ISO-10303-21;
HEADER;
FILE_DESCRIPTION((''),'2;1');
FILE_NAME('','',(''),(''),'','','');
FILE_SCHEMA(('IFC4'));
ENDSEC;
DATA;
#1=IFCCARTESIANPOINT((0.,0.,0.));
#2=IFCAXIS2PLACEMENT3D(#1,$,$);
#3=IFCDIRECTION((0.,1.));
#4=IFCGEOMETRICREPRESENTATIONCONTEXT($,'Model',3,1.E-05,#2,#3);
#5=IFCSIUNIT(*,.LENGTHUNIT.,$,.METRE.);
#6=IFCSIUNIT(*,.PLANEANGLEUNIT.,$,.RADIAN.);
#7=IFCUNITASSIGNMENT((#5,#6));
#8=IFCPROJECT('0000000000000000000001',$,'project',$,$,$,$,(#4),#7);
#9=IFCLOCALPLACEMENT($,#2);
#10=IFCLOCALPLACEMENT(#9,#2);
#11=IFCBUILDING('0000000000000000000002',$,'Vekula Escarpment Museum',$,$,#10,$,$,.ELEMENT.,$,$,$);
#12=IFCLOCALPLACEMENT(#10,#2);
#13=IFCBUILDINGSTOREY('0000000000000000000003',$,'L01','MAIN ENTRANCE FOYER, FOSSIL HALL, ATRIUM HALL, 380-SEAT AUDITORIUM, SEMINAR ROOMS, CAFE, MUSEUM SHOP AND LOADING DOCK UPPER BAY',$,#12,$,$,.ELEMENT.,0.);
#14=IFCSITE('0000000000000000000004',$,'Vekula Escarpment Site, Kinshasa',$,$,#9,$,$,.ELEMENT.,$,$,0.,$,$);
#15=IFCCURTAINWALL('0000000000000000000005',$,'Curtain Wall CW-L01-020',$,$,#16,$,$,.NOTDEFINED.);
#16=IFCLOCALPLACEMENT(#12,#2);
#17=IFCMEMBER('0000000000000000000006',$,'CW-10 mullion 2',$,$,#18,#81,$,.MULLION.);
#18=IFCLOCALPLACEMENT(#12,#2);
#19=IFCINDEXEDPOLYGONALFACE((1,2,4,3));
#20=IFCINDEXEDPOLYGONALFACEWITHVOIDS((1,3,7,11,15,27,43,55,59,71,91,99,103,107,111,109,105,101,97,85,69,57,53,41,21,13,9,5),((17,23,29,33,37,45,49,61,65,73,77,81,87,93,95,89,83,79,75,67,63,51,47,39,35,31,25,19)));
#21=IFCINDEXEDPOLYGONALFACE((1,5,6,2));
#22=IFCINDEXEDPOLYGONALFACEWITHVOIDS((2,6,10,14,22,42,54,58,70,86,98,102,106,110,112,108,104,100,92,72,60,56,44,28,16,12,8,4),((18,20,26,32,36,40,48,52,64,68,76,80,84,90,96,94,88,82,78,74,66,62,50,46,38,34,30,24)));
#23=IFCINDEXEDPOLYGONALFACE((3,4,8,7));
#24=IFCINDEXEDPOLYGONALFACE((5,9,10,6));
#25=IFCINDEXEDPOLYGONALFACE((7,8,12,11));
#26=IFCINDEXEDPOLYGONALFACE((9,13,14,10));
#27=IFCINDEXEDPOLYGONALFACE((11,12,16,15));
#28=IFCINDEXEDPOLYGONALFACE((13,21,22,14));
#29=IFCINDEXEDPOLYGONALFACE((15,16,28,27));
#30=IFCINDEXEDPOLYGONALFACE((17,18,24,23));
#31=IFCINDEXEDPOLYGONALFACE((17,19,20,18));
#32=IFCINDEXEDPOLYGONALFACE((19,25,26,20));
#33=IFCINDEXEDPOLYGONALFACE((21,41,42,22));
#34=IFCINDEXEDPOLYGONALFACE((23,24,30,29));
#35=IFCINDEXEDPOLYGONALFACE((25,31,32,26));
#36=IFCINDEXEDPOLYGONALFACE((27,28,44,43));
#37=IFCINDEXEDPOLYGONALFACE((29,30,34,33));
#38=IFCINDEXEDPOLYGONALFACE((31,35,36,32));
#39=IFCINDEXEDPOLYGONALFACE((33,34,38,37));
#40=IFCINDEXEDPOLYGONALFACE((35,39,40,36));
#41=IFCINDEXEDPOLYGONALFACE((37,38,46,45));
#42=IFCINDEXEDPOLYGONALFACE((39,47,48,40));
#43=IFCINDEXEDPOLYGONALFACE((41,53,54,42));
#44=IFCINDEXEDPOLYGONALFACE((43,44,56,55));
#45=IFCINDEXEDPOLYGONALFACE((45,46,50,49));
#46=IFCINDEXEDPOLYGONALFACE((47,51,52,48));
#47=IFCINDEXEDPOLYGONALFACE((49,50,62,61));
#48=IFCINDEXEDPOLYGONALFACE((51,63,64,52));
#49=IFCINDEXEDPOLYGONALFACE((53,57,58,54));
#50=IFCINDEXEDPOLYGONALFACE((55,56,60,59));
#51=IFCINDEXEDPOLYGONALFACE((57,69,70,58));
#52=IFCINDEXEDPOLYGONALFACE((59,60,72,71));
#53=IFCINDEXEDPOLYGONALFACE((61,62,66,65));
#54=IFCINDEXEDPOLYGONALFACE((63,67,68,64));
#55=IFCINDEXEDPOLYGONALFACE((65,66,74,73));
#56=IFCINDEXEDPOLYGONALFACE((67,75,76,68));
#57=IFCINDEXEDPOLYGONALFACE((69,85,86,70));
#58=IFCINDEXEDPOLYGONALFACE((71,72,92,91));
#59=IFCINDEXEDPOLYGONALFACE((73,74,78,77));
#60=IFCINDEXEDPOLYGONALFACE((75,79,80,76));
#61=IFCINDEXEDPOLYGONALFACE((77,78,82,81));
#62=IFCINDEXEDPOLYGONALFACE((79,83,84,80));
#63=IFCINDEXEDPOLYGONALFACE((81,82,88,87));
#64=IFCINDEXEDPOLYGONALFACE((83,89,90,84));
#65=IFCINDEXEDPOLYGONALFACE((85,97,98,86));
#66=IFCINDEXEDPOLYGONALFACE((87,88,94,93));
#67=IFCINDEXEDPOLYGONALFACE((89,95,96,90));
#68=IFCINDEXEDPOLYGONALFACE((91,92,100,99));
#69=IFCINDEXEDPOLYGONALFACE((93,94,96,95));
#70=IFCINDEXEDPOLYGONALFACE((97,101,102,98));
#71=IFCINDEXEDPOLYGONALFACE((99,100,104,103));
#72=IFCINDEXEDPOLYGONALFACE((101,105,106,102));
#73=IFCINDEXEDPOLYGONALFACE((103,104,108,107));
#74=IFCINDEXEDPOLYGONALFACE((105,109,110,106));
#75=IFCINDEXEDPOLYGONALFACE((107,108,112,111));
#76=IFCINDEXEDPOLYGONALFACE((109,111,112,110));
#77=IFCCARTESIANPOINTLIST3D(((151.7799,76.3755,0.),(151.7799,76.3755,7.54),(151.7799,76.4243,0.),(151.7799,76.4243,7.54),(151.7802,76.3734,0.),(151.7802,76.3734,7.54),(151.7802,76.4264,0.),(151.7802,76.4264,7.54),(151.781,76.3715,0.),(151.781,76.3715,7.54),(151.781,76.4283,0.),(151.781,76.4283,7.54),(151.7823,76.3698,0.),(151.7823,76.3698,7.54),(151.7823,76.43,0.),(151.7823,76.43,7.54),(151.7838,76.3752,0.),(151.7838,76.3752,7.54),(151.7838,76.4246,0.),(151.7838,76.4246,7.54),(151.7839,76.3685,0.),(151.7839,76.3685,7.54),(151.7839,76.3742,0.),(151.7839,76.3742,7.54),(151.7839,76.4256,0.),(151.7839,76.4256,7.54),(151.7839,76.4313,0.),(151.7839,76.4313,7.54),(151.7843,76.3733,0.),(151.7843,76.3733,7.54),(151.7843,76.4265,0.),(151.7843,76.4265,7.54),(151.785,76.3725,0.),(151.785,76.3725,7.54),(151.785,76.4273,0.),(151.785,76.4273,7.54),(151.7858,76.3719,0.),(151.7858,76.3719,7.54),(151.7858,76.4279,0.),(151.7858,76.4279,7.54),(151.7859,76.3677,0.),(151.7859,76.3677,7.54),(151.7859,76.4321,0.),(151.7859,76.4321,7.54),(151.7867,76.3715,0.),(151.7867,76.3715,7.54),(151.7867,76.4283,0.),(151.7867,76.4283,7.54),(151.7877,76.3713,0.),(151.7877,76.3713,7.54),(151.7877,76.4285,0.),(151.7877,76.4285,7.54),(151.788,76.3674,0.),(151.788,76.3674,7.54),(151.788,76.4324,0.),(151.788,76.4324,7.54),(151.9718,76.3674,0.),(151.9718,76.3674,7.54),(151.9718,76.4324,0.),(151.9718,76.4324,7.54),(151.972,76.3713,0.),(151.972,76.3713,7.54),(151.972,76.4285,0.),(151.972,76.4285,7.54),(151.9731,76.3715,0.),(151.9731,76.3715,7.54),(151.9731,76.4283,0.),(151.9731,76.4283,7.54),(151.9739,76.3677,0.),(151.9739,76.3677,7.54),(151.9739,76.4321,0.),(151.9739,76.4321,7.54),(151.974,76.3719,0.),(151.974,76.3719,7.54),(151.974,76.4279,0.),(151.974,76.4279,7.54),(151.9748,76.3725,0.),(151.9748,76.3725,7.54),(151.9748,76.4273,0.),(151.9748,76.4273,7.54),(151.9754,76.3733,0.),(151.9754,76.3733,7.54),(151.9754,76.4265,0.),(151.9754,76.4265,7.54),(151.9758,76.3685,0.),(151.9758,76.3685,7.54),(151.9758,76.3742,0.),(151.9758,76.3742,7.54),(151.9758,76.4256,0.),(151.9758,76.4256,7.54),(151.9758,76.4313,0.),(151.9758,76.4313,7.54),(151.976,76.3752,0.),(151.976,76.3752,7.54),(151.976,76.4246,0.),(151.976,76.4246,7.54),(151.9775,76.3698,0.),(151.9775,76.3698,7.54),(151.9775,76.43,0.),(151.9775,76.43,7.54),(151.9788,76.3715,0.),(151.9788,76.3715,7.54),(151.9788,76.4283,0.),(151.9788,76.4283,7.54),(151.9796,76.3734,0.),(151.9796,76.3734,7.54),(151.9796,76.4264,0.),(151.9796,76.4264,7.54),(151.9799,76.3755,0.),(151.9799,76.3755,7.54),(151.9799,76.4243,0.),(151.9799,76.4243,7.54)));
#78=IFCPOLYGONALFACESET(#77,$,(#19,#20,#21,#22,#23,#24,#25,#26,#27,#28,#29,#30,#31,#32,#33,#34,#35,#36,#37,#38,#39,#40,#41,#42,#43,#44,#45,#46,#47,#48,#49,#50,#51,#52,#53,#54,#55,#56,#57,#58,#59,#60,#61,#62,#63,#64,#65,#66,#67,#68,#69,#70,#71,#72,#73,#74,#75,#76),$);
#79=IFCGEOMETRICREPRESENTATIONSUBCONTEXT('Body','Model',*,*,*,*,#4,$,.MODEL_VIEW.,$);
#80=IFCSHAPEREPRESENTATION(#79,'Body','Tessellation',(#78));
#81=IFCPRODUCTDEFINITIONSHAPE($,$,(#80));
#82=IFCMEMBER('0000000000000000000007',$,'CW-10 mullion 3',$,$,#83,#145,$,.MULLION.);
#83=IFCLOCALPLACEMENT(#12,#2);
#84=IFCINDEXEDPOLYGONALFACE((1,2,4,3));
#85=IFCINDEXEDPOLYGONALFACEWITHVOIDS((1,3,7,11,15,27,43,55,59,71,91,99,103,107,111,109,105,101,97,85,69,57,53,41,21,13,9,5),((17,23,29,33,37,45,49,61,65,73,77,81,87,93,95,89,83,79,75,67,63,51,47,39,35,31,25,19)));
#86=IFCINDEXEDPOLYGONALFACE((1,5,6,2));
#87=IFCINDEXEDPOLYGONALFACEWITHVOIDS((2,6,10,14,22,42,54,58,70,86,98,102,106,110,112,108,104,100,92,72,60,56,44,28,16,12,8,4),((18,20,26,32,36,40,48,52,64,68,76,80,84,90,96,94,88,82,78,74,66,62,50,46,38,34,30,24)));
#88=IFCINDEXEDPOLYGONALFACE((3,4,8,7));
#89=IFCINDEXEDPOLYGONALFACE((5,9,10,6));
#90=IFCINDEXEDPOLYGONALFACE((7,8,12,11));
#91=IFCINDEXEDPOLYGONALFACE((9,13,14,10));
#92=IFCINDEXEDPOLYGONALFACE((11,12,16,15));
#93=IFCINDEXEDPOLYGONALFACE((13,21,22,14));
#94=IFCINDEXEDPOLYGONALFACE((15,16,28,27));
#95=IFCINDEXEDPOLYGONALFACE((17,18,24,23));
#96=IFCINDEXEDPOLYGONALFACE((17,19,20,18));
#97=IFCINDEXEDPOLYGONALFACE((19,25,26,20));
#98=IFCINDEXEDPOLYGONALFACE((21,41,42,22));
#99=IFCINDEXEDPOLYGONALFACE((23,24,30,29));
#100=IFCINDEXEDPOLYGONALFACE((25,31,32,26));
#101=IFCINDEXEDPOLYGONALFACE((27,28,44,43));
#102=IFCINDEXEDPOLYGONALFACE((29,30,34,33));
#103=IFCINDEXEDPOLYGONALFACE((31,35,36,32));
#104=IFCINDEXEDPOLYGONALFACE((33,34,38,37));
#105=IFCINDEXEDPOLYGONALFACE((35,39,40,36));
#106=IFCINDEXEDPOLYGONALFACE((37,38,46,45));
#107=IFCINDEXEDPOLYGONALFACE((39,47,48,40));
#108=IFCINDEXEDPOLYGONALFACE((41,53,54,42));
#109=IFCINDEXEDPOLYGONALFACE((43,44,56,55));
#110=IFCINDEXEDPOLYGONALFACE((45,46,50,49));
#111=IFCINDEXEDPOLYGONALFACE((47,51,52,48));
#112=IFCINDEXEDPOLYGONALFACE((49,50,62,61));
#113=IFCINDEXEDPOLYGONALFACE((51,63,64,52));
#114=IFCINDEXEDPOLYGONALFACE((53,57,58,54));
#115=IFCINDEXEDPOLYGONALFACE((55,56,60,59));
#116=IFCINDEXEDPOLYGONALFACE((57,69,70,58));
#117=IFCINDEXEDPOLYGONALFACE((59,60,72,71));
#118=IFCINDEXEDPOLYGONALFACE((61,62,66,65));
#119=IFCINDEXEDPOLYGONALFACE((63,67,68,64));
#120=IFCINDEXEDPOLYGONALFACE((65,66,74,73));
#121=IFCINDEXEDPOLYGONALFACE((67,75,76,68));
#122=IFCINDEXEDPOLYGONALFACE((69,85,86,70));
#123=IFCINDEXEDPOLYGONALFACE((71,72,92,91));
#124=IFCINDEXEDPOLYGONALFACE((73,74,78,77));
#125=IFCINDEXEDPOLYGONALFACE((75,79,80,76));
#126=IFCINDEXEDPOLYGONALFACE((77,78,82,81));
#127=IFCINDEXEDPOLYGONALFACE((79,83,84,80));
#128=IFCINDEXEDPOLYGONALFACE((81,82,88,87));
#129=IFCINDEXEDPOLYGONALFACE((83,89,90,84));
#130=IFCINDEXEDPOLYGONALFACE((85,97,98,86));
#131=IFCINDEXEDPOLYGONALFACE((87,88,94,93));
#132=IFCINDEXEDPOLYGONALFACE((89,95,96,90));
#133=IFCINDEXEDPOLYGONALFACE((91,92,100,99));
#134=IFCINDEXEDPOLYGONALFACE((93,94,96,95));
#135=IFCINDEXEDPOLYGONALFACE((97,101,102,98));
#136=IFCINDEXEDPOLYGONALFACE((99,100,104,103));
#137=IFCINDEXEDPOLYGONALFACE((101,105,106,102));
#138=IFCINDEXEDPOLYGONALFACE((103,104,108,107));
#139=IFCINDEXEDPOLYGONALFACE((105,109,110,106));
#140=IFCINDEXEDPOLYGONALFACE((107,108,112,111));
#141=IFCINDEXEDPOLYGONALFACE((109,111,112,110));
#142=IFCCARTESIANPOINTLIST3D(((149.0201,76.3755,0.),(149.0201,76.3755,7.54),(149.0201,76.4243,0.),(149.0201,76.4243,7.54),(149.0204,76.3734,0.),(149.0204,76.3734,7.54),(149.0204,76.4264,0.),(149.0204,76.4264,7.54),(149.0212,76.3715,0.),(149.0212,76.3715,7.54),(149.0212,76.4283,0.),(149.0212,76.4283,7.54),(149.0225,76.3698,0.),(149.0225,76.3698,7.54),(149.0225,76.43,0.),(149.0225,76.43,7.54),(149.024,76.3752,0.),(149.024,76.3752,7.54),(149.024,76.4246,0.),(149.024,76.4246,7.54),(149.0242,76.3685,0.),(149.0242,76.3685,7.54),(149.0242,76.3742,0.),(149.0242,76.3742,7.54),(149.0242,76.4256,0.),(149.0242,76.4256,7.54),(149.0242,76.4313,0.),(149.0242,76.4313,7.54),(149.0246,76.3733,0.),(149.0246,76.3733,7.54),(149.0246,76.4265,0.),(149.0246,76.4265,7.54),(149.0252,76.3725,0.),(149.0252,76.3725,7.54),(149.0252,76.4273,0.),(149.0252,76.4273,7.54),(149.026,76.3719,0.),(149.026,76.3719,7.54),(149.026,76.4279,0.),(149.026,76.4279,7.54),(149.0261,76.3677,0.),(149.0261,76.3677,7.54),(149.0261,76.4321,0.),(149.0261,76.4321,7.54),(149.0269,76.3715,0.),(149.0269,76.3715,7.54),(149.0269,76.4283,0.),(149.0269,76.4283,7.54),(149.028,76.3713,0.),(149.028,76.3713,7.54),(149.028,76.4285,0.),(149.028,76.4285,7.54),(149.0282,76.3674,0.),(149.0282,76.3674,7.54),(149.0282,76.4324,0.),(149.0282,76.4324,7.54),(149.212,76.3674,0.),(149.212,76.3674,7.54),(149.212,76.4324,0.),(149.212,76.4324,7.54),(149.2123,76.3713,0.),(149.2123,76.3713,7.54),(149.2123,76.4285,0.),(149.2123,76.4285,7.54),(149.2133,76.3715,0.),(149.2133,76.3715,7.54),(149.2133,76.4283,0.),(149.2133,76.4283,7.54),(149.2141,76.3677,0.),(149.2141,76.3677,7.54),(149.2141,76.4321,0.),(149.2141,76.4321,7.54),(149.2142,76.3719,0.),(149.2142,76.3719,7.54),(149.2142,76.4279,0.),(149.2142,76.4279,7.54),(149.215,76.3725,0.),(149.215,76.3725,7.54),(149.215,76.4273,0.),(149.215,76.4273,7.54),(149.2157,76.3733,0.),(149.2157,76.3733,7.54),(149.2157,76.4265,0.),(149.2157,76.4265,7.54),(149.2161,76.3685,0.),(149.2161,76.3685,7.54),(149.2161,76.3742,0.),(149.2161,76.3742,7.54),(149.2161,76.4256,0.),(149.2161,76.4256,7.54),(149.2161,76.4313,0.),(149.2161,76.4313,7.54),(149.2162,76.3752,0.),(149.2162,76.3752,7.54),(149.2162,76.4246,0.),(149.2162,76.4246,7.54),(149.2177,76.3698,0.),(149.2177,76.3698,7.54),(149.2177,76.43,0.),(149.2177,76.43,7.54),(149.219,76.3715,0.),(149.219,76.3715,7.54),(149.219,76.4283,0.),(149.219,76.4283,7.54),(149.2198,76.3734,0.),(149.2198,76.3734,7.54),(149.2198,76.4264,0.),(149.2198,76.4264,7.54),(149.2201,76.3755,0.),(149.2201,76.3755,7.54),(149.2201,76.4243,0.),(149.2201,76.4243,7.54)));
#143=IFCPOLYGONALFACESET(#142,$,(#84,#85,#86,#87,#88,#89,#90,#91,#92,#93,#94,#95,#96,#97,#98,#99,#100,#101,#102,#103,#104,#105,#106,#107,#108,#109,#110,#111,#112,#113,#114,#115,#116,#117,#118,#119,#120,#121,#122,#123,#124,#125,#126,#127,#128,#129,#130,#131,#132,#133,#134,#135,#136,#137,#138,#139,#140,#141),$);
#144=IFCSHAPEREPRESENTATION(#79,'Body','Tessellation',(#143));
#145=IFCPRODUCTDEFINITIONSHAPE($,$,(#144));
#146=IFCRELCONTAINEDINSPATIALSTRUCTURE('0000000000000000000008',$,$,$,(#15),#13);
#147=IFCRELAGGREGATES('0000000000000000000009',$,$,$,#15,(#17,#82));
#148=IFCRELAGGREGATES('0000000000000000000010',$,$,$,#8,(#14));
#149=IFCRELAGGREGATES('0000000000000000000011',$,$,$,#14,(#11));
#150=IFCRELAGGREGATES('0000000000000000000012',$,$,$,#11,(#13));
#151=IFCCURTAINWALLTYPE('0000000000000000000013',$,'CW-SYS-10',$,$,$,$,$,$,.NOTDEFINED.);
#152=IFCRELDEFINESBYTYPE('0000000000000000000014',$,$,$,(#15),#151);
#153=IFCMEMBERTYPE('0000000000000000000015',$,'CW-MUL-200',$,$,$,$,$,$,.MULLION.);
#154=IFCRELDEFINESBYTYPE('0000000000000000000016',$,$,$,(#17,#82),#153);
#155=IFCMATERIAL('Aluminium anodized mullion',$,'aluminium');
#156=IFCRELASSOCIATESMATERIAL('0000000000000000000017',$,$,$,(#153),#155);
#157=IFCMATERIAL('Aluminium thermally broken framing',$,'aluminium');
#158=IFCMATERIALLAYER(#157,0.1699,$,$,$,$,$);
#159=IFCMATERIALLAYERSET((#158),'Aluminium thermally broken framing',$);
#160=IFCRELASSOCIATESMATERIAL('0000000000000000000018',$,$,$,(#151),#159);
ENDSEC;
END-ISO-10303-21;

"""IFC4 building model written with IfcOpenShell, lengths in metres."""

from ifc_helpers import new_model, si_unit, direction, frame, origin, origin_2d, place, context, subcontext, project, spatial, hollow_rectangle, extrude, material, layer, layer_set, material_profile, profile_set, type_object, element, aggregate, save


model = new_model("IFC4")

# Units and contexts
model_context = context("Model", 3, precision=1e-05, world=origin(), true_north=direction((0.0, 1.0)))
body_context = subcontext(model_context, "Body", "Model", "MODEL_VIEW")
ifc_project = project(units=[si_unit("LENGTHUNIT", "METRE"), si_unit("PLANEANGLEUNIT", "RADIAN")], contexts=[model_context])

# Site, building, storey
site_placement = place(None, origin())
site = spatial("IfcSite", under=ifc_project, at=site_placement, Name="Vekula Escarpment Site, Kinshasa", CompositionType="ELEMENT", RefElevation=0.0)
building_placement = place(site_placement, origin())
building = spatial("IfcBuilding", under=site, at=building_placement, Name="Vekula Escarpment Museum", CompositionType="ELEMENT")
storey_placement = place(building_placement, origin())
storey = spatial("IfcBuildingStorey", under=building, at=storey_placement, Name="L01", Description="MAIN ENTRANCE FOYER, FOSSIL HALL, ATRIUM HALL, 380-SEAT AUDITORIUM, SEMINAR ROOMS, CAFE, MUSEUM SHOP AND LOADING DOCK UPPER BAY", CompositionType="ELEMENT", Elevation=0.0)

# Curtain wall, members
ifc_material_1 = material(Name="Aluminium anodized mullion", Category="aluminium")
ifc_material_profile_1 = material_profile(ifc_material_1, hollow_rectangle(XDim=0.0649, YDim=0.2, WallThickness=0.0039, InnerFilletRadius=0.0039, OuterFilletRadius=0.0081, at=origin_2d()), Name="ALU 200x65x4")
ifc_profile_set_1 = profile_set([ifc_material_profile_1], Name="Aluminium anodized mullion")
member_type_1 = type_object("IfcMemberType", Name="CW-MUL-200", PredefinedType="MULLION", material=ifc_profile_set_1)
ifc_material_2 = material(Name="Aluminium thermally broken framing", Category="aluminium")
ifc_layer_1 = layer(ifc_material_2, 0.1699)
ifc_layer_set_1 = layer_set([ifc_layer_1], Name="Aluminium thermally broken framing")
curtain_wall_type_1 = type_object("IfcCurtainWallType", Name="CW-SYS-10", PredefinedType="NOTDEFINED", material=ifc_layer_set_1)
curtain_wall_1_placement = place(storey_placement, origin())
curtain_wall_1 = element("IfcCurtainWall", 1, at=curtain_wall_1_placement, inside=storey, type_object=curtain_wall_type_1, Name="Curtain Wall CW-L01-020", PredefinedType="NOTDEFINED")
member_1_placement = place(storey_placement, frame((151.8799, 76.3999, 0.0), z_axis=(0.0, 0.0, 1.0), x_axis=(0.0, -1.0, 0.0)))
member_1 = element("IfcMember", 2, at=member_1_placement, type_object=member_type_1, Name="CW-10 mullion 2", PredefinedType="MULLION", context=body_context, shape_type="SweptSolid", body=[
    extrude(hollow_rectangle(XDim=0.0649, YDim=0.2, WallThickness=0.0039, InnerFilletRadius=0.0039, OuterFilletRadius=0.0081, at=origin_2d()), origin(), (0.0, 0.0, 1.0), 7.54),
])
member_2_placement = place(storey_placement, frame((149.1201, 76.3999, 0.0), z_axis=(0.0, 0.0, 1.0), x_axis=(0.0, -1.0, 0.0)))
member_2 = element("IfcMember", 3, at=member_2_placement, type_object=member_type_1, Name="CW-10 mullion 3", PredefinedType="MULLION", context=body_context, shape_type="SweptSolid", body=[
    extrude(hollow_rectangle(XDim=0.0649, YDim=0.2, WallThickness=0.0039, InnerFilletRadius=0.0039, OuterFilletRadius=0.0081, at=origin_2d()), origin(), (0.0, 0.0, 1.0), 7.54),
])

aggregate(curtain_wall_1, [member_1, member_2])

save(model, "model.ifc")
